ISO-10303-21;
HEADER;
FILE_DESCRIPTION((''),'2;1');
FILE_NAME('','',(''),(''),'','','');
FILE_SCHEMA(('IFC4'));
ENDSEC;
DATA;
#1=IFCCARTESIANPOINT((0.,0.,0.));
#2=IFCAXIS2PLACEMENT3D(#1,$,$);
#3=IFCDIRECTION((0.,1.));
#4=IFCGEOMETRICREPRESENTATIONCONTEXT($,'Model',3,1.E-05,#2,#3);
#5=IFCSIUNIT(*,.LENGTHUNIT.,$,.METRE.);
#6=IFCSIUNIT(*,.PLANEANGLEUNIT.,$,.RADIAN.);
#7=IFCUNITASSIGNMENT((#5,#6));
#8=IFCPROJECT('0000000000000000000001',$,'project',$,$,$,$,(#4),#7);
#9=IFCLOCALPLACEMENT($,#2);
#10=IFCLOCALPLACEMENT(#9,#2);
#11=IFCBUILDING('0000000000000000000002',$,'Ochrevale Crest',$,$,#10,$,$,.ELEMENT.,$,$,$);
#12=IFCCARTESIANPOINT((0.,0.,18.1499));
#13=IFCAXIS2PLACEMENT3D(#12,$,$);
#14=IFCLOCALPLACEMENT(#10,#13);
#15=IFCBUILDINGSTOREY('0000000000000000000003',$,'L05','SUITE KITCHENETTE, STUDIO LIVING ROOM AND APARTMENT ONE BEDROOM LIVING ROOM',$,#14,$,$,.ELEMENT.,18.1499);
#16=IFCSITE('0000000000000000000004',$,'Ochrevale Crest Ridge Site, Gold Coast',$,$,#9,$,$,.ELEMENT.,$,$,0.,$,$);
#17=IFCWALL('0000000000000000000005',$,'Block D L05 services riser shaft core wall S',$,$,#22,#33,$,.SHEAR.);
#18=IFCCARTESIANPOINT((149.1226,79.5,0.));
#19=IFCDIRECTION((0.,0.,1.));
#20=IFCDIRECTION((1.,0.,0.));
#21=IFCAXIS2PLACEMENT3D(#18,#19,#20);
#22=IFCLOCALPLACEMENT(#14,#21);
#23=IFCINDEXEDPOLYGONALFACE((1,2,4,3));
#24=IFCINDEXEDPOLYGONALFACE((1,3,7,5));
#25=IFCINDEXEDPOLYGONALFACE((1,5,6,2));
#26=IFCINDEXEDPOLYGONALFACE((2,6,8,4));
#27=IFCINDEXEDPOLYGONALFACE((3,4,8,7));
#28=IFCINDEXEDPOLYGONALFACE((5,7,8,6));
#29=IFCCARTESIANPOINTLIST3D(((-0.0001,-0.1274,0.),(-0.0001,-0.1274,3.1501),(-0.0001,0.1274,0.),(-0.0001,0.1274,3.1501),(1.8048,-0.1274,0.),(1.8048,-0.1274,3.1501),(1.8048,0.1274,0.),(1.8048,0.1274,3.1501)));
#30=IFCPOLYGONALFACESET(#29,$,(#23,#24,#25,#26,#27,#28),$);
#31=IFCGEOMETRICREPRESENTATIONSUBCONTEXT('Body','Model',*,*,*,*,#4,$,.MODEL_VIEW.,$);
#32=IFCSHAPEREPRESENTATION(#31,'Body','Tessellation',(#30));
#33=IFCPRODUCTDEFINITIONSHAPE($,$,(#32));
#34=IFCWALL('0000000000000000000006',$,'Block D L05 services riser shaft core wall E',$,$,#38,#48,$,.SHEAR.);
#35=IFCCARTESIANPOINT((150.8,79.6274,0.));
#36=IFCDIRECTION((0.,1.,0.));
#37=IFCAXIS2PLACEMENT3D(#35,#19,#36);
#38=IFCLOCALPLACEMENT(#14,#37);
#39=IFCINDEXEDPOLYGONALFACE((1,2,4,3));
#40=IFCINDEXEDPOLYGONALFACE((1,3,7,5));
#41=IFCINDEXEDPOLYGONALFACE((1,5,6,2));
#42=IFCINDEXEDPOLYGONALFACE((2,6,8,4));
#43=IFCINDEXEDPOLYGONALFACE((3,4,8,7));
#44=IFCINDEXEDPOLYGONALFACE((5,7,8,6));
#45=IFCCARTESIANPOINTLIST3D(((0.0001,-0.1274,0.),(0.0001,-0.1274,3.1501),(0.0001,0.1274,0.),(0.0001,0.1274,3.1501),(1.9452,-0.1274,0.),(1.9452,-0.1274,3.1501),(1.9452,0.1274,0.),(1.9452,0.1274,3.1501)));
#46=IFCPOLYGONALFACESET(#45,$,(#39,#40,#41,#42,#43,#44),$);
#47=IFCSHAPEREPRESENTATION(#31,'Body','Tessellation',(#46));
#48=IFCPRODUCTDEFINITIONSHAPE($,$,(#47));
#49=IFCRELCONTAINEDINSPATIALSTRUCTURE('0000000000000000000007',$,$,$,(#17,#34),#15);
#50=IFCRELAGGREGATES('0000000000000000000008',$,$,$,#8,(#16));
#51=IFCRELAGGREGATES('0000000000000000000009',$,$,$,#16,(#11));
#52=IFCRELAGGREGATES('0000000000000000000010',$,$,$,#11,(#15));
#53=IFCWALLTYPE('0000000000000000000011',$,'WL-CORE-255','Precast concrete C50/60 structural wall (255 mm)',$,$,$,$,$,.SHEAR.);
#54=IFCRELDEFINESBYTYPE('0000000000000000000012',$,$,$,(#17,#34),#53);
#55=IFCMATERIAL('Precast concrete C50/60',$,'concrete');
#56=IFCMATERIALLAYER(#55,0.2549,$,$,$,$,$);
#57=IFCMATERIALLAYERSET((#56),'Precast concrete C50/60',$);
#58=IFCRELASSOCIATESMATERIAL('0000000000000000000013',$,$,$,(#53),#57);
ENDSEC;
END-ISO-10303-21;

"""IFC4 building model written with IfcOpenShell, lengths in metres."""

from ifc_helpers import new_model, si_unit, direction, frame, frame_2d, origin, place, context, subcontext, project, spatial, rectangle, extrude, material, layer, layer_set, type_object, element, save


model = new_model("IFC4")

# Units and contexts
model_context = context("Model", 3, precision=1e-05, world=origin(), true_north=direction((0.0, 1.0)))
body_context = subcontext(model_context, "Body", "Model", "MODEL_VIEW")
ifc_project = project(units=[si_unit("LENGTHUNIT", "METRE"), si_unit("PLANEANGLEUNIT", "RADIAN")], contexts=[model_context])

# Site, building, storey
site_placement = place(None, origin())
site = spatial("IfcSite", under=ifc_project, at=site_placement, Name="Ochrevale Crest Ridge Site, Gold Coast", CompositionType="ELEMENT", RefElevation=0.0)
building_placement = place(site_placement, origin())
building = spatial("IfcBuilding", under=site, at=building_placement, Name="Ochrevale Crest", CompositionType="ELEMENT")
storey_placement = place(building_placement, frame((0.0, 0.0, 18.1499)))
storey = spatial("IfcBuildingStorey", under=building, at=storey_placement, Name="L05", Description="SUITE KITCHENETTE, STUDIO LIVING ROOM AND APARTMENT ONE BEDROOM LIVING ROOM", CompositionType="ELEMENT", Elevation=18.1499)

# Shared definitions
ifc_material_1 = material(Name="Precast concrete C50/60", Category="concrete")

# Walls
ifc_layer_1 = layer(ifc_material_1, 0.2549)
ifc_layer_set_1 = layer_set([ifc_layer_1], Name="Precast concrete C50/60")
wall_type_1 = type_object("IfcWallType", Name="WL-CORE-255", Description="Precast concrete C50/60 structural wall (255 mm)", PredefinedType="SHEAR", material=ifc_layer_set_1)
wall_1_placement = place(storey_placement, frame((149.1226, 79.5, 0.0), z_axis=(0.0, 0.0, 1.0), x_axis=(1.0, 0.0, 0.0)))
element("IfcWall", 1, at=wall_1_placement, inside=storey, type_object=wall_type_1, Name="Block D L05 services riser shaft core wall S", PredefinedType="SHEAR", context=body_context, shape_type="SweptSolid", body=[
    extrude(rectangle(XDim=1.8049, YDim=0.2549, at=frame_2d((0.9023, 0.0))), origin(), (0.0, 0.0, 1.0), 3.1501),
])
wall_2_placement = place(storey_placement, frame((150.8, 79.6274, 0.0), z_axis=(0.0, 0.0, 1.0), x_axis=(0.0, 1.0, 0.0)))
element("IfcWall", 2, at=wall_2_placement, inside=storey, type_object=wall_type_1, Name="Block D L05 services riser shaft core wall E", PredefinedType="SHEAR", context=body_context, shape_type="SweptSolid", body=[
    extrude(rectangle(XDim=1.9451, YDim=0.2549, at=frame_2d((0.9727, 0.0))), origin(), (0.0, 0.0, 1.0), 3.1501),
])

save(model, "model.ifc")
